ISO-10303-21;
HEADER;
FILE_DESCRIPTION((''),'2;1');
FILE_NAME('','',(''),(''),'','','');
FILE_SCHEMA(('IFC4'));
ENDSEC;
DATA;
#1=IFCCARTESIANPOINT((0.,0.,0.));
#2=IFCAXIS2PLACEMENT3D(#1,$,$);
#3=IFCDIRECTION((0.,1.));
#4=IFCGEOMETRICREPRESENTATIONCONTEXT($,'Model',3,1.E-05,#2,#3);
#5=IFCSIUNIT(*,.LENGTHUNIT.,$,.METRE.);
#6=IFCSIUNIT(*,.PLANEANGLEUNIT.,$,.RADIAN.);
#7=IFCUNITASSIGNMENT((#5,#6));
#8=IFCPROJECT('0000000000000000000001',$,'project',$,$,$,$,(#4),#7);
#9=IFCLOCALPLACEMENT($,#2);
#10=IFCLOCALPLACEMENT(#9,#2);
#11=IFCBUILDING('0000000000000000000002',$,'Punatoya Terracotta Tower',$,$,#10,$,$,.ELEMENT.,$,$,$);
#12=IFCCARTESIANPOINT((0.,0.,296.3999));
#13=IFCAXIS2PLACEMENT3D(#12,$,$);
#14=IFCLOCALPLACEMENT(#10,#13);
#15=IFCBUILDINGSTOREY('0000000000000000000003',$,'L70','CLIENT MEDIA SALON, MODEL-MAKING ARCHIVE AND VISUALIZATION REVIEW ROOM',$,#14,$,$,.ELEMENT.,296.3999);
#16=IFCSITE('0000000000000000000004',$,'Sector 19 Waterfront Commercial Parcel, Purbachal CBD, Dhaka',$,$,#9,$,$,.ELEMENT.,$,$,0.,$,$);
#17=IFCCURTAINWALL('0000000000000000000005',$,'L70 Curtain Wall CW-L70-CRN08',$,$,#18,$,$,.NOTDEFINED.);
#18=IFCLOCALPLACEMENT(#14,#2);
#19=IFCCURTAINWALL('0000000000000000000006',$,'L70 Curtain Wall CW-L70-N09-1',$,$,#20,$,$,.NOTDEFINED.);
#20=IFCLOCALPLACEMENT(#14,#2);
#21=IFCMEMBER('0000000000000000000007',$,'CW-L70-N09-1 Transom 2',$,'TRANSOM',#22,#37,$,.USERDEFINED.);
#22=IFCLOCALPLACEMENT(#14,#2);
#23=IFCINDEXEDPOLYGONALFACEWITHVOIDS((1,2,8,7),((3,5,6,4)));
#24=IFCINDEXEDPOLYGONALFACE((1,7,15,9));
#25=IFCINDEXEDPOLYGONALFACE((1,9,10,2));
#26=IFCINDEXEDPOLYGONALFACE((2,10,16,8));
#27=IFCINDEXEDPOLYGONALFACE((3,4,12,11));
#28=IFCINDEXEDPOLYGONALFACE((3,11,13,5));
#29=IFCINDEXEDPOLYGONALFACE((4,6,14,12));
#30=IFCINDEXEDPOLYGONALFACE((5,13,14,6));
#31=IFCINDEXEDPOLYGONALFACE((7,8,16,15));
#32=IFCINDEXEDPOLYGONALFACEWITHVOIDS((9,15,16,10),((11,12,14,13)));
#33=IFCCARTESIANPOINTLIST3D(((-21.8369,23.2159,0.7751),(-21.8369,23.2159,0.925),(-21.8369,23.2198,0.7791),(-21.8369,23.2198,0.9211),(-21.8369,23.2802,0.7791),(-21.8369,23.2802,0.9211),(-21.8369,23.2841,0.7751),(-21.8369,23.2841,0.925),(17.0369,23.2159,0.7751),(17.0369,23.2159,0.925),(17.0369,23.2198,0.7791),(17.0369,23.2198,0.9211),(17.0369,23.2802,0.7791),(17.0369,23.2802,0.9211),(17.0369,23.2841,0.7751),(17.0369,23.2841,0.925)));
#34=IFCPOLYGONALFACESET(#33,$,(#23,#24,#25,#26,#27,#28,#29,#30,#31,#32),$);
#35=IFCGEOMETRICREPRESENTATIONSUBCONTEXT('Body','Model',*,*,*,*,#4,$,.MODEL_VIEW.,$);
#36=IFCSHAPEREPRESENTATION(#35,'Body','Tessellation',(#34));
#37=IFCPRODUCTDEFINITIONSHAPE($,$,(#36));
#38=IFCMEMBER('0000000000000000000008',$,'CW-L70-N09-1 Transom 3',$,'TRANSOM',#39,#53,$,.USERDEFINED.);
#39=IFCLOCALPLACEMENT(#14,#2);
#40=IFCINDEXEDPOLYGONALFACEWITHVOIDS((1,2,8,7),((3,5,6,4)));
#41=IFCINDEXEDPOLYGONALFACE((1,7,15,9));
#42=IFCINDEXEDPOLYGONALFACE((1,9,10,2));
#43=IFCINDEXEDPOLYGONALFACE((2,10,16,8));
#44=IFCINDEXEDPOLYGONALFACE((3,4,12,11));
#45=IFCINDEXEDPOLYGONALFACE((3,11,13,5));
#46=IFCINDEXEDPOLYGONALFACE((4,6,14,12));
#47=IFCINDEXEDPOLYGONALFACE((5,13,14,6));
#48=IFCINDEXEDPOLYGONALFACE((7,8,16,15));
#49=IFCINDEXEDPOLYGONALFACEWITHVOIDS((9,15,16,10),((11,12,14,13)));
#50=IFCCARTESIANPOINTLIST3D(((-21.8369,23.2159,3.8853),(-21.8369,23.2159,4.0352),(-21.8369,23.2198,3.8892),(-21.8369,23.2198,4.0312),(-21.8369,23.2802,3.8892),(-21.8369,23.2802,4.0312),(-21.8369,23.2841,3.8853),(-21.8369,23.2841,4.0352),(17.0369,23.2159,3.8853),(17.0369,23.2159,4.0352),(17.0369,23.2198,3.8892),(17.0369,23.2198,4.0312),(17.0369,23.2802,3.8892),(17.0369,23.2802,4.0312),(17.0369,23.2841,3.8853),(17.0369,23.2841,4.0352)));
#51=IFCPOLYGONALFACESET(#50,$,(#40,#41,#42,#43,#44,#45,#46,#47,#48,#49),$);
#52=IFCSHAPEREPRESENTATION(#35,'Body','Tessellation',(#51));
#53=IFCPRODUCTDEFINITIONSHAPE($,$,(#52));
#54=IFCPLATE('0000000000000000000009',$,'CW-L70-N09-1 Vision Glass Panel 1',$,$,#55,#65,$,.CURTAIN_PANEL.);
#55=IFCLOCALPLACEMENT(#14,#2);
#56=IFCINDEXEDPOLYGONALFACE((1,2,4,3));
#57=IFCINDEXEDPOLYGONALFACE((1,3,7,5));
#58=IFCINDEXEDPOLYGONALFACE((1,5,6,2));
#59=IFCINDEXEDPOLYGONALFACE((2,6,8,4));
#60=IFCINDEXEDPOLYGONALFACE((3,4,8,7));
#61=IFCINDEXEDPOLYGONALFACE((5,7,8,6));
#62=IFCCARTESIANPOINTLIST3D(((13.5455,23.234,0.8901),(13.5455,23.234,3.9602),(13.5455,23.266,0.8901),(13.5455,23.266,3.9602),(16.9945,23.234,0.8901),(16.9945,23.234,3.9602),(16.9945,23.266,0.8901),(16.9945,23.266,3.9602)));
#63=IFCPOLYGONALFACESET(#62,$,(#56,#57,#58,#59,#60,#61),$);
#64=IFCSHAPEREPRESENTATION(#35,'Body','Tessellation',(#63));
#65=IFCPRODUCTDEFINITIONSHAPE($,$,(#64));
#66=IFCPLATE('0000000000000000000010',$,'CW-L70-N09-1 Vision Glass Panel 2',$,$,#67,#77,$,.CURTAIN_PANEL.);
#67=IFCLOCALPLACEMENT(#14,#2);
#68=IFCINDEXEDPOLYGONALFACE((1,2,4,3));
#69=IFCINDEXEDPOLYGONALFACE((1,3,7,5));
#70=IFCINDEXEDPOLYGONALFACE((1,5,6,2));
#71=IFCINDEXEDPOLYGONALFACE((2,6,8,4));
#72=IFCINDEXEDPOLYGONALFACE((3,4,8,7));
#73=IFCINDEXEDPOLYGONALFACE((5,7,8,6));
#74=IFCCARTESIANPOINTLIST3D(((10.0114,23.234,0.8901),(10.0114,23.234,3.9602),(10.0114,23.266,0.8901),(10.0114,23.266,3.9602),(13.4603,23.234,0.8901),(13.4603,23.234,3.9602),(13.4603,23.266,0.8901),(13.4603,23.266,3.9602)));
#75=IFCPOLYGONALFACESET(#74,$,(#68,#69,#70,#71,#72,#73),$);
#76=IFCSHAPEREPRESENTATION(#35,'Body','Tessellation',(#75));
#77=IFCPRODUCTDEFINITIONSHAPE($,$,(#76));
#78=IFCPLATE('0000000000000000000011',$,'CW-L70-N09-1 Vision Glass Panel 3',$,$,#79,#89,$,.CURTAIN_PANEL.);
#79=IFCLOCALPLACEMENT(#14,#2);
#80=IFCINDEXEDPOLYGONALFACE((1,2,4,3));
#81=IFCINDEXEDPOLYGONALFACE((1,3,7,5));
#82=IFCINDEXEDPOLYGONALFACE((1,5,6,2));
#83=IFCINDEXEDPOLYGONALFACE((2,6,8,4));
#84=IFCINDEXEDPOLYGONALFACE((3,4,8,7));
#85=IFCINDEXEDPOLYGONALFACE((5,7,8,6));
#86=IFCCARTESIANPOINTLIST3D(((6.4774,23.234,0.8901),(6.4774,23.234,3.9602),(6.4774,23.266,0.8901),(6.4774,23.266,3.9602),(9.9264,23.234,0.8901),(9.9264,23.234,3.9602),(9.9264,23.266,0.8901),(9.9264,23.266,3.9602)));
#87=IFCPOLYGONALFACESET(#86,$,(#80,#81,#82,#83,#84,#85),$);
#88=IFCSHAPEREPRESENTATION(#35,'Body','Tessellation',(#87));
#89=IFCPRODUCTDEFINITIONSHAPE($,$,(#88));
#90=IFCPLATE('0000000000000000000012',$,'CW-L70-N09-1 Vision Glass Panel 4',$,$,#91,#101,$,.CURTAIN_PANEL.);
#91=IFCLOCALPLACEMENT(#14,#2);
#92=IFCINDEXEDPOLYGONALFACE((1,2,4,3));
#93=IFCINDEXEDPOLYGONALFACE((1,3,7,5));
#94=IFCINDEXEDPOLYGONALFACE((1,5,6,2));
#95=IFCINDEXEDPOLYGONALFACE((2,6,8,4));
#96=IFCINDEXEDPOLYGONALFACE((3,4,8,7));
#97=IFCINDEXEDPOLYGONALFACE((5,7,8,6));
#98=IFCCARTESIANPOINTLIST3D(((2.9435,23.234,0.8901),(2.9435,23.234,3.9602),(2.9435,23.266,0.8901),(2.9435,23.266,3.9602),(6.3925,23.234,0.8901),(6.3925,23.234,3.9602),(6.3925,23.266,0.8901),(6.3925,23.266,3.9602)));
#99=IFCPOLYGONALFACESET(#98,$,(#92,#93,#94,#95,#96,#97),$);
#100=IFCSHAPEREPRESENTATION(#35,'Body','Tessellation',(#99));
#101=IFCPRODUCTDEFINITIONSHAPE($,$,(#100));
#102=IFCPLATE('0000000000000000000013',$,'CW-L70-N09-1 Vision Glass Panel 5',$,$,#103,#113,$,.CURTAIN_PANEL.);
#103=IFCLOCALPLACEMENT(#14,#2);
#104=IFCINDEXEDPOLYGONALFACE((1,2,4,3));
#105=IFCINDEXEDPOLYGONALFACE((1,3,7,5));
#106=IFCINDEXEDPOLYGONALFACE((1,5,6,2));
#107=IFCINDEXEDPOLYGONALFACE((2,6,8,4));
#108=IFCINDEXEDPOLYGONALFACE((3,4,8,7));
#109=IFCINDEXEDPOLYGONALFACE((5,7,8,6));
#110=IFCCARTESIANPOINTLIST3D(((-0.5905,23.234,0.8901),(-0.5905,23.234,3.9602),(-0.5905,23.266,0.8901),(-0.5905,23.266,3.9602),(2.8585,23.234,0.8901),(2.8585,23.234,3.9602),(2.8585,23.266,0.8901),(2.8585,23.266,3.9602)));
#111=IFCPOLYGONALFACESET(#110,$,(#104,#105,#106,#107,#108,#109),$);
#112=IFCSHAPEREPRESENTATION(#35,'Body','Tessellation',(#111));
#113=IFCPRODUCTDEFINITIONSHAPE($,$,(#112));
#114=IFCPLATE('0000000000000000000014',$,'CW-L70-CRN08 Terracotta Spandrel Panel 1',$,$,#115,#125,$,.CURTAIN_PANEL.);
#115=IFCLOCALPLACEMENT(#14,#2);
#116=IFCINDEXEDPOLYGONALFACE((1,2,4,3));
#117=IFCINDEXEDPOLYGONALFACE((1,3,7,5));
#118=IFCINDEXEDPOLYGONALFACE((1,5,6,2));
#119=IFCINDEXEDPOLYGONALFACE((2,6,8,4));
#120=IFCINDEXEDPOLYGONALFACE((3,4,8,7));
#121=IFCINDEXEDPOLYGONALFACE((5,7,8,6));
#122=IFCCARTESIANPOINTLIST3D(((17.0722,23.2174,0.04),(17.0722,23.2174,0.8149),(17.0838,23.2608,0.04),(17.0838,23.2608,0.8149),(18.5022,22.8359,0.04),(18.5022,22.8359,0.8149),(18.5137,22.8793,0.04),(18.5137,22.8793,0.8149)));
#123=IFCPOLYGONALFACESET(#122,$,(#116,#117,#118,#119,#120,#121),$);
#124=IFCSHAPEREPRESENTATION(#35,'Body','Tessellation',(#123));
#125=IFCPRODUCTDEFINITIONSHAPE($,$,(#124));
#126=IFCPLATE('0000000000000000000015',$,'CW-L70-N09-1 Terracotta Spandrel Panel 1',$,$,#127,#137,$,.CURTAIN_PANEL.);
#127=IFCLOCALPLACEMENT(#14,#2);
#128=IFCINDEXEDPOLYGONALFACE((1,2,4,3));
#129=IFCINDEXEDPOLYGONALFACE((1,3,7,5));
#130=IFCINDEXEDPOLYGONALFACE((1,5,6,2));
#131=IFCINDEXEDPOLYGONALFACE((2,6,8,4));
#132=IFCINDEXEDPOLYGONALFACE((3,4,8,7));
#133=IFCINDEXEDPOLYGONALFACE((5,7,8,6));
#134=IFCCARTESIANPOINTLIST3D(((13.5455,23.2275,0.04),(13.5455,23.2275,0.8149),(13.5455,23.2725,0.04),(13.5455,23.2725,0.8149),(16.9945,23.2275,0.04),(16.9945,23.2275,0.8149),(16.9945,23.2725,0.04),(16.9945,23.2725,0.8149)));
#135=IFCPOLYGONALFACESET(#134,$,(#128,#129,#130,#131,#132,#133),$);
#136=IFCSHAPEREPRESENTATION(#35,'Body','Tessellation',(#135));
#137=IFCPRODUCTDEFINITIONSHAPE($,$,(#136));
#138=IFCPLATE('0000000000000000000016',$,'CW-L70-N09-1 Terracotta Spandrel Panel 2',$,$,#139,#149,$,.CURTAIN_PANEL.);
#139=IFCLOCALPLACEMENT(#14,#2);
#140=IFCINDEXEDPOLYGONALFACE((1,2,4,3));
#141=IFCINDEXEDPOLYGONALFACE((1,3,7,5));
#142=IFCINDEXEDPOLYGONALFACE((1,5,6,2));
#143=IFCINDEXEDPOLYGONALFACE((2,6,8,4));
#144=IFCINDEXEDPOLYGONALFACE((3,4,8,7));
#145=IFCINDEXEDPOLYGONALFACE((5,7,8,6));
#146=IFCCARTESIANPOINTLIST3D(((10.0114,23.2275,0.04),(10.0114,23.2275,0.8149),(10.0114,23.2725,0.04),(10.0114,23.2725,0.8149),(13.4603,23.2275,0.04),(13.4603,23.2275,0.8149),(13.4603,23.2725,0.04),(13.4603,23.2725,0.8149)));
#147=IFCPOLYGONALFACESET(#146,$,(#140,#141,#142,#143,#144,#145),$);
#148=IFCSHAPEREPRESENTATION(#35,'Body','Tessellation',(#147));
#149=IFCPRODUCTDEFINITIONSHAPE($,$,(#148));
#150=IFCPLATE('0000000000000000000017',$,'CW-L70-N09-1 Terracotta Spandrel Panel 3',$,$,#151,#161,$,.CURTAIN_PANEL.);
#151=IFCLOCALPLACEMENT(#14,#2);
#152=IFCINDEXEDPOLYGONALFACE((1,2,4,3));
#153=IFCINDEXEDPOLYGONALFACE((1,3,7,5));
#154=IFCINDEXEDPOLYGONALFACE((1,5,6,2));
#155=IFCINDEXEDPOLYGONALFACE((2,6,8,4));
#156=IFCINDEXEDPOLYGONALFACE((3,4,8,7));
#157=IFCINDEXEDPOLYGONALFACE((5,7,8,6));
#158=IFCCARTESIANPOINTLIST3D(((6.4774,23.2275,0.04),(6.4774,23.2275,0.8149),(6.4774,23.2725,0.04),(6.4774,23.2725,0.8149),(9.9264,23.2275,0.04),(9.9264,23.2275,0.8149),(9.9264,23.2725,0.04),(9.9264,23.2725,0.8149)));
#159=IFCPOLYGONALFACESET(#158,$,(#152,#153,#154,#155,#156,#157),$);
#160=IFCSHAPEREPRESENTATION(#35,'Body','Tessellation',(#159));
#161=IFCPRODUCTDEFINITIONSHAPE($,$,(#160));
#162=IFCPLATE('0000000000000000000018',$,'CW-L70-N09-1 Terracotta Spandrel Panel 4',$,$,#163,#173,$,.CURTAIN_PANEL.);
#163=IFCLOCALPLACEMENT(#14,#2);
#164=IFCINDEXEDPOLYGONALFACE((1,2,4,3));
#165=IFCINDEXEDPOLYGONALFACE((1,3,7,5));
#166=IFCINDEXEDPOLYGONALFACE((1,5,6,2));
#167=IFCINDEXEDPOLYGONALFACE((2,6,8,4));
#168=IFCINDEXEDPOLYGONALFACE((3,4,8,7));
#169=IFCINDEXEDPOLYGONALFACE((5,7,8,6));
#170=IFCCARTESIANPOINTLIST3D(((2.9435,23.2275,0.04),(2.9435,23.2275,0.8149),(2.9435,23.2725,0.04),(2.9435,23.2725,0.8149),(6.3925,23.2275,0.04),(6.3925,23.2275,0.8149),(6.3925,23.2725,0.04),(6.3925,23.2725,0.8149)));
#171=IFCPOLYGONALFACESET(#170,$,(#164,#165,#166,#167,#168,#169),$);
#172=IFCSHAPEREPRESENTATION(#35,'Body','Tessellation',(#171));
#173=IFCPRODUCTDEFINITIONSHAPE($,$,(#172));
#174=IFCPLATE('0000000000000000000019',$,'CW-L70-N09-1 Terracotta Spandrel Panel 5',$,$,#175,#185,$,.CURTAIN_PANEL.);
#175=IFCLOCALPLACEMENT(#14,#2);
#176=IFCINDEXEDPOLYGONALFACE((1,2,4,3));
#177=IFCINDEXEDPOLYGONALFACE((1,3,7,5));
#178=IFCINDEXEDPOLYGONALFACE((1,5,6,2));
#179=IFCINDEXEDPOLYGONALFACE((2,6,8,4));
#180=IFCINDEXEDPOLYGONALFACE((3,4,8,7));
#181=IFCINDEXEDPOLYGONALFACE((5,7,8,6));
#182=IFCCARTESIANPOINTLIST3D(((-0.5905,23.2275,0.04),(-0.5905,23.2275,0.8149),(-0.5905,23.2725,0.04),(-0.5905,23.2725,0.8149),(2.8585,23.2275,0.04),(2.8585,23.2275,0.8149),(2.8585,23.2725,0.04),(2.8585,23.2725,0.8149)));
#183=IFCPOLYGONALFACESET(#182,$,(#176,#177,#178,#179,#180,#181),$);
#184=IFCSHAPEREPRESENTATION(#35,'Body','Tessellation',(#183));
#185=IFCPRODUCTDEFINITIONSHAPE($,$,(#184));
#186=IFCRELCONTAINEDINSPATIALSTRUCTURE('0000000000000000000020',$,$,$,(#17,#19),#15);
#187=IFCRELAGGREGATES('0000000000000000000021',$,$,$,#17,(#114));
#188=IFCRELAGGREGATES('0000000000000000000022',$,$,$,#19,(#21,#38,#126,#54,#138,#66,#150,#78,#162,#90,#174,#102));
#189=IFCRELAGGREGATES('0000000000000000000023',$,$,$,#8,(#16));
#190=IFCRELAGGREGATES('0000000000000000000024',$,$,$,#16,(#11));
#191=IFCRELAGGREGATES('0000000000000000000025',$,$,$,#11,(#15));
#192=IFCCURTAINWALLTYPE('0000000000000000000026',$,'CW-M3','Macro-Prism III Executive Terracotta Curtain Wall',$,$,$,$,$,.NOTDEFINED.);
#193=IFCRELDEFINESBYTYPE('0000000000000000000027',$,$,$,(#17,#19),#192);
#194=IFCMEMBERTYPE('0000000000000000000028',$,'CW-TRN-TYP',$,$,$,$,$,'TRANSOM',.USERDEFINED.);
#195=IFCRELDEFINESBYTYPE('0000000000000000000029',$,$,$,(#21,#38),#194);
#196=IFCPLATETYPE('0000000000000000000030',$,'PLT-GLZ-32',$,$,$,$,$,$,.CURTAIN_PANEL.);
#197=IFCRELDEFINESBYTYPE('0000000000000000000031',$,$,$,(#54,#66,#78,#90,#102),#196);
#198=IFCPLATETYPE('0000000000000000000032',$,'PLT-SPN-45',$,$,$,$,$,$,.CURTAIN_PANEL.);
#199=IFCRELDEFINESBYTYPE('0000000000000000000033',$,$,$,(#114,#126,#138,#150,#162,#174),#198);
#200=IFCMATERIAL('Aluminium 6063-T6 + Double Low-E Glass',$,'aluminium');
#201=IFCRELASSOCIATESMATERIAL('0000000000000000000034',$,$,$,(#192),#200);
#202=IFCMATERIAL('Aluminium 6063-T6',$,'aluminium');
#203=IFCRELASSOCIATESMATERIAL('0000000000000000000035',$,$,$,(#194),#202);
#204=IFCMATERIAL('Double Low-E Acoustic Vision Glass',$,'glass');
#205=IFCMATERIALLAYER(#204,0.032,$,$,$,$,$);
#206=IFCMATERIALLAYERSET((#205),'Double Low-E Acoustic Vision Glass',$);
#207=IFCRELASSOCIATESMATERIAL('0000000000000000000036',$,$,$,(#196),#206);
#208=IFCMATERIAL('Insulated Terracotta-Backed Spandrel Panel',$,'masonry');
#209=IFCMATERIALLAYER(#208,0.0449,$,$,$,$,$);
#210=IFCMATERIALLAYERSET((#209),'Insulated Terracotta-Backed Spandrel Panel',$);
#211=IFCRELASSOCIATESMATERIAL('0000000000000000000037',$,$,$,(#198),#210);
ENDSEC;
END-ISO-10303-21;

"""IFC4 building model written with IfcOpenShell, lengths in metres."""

from ifc_helpers import new_model, si_unit, direction, frame, origin, origin_2d, place, context, subcontext, project, spatial, rectangle, hollow_rectangle, extrude, material, layer, layer_set, material_profile, profile_set, type_object, element, aggregate, save


model = new_model("IFC4")

# Units and contexts
model_context = context("Model", 3, precision=1e-05, world=origin(), true_north=direction((0.0, 1.0)))
body_context = subcontext(model_context, "Body", "Model", "MODEL_VIEW")
ifc_project = project(units=[si_unit("LENGTHUNIT", "METRE"), si_unit("PLANEANGLEUNIT", "RADIAN")], contexts=[model_context])

# Site, building, storey
site_placement = place(None, origin())
site = spatial("IfcSite", under=ifc_project, at=site_placement, Name="Sector 19 Waterfront Commercial Parcel, Purbachal CBD, Dhaka", CompositionType="ELEMENT", RefElevation=0.0)
building_placement = place(site_placement, origin())
building = spatial("IfcBuilding", under=site, at=building_placement, Name="Punatoya Terracotta Tower", CompositionType="ELEMENT")
storey_placement = place(building_placement, frame((0.0, 0.0, 296.3999)))
storey = spatial("IfcBuildingStorey", under=building, at=storey_placement, Name="L70", Description="CLIENT MEDIA SALON, MODEL-MAKING ARCHIVE AND VISUALIZATION REVIEW ROOM", CompositionType="ELEMENT", Elevation=296.3999)

# Curtain wall
ifc_material_1 = material(Name="Aluminium 6063-T6 + Double Low-E Glass", Category="aluminium")
curtain_wall_type = type_object("IfcCurtainWallType", Name="CW-M3", Description="Macro-Prism III Executive Terracotta Curtain Wall", PredefinedType="NOTDEFINED", material=ifc_material_1)
curtain_wall_1_placement = place(storey_placement, origin())
curtain_wall_1 = element("IfcCurtainWall", 1, at=curtain_wall_1_placement, inside=storey, type_object=curtain_wall_type, Name="L70 Curtain Wall CW-L70-CRN08", PredefinedType="NOTDEFINED")
ifc_material_2 = material(Name="Aluminium 6063-T6", Category="aluminium")

# Curtain wall, members, plates
curtain_wall_2_placement = place(storey_placement, origin())
curtain_wall_2 = element("IfcCurtainWall", 2, at=curtain_wall_2_placement, inside=storey, type_object=curtain_wall_type, Name="L70 Curtain Wall CW-L70-N09-1", PredefinedType="NOTDEFINED")
ifc_material_profile_1 = material_profile(ifc_material_2, hollow_rectangle(XDim=0.0681, YDim=0.1499, WallThickness=0.0039, at=origin_2d()))
ifc_profile_set_1 = profile_set([ifc_material_profile_1], Name="Aluminium 6063-T6")
member_type_1 = type_object("IfcMemberType", Name="CW-TRN-TYP", ElementType="TRANSOM", PredefinedType="USERDEFINED", material=ifc_profile_set_1)
member_1_placement = place(storey_placement, frame((17.0369, 23.25, 0.8501), z_axis=(-1.0, 0.0, 0.0), x_axis=(0.0, -1.0, 0.0)))
member_1 = element("IfcMember", 3, at=member_1_placement, type_object=member_type_1, Name="CW-L70-N09-1 Transom 2", ObjectType="TRANSOM", PredefinedType="USERDEFINED", context=body_context, shape_type="SweptSolid", body=[
    extrude(hollow_rectangle(XDim=0.0681, YDim=0.1499, WallThickness=0.0039, at=origin_2d()), origin(), (0.0, 0.0, 1.0), 38.8738),
])
member_2_placement = place(storey_placement, frame((17.0369, 23.25, 3.9602), z_axis=(-1.0, 0.0, 0.0), x_axis=(0.0, -1.0, 0.0)))
member_2 = element("IfcMember", 4, at=member_2_placement, type_object=member_type_1, Name="CW-L70-N09-1 Transom 3", ObjectType="TRANSOM", PredefinedType="USERDEFINED", context=body_context, shape_type="SweptSolid", body=[
    extrude(hollow_rectangle(XDim=0.0681, YDim=0.1499, WallThickness=0.0039, at=origin_2d()), origin(), (0.0, 0.0, 1.0), 38.8738),
])
ifc_material_3 = material(Name="Double Low-E Acoustic Vision Glass", Category="glass")
ifc_layer_1 = layer(ifc_material_3, 0.032)
ifc_layer_set_1 = layer_set([ifc_layer_1], Name="Double Low-E Acoustic Vision Glass")
plate_type_1 = type_object("IfcPlateType", Name="PLT-GLZ-32", PredefinedType="CURTAIN_PANEL", material=ifc_layer_set_1)
plate_1_placement = place(storey_placement, frame((15.27, 23.25, 0.8901), z_axis=(0.0, 0.0, 1.0), x_axis=(-1.0, 0.0, 0.0)))
plate_1 = element("IfcPlate", 5, at=plate_1_placement, type_object=plate_type_1, Name="CW-L70-N09-1 Vision Glass Panel 1", PredefinedType="CURTAIN_PANEL", context=body_context, shape_type="SweptSolid", body=[
    extrude(rectangle(XDim=3.449, YDim=0.032, at=origin_2d()), origin(), (0.0, 0.0, 1.0), 3.0701),
])
plate_2_placement = place(storey_placement, frame((11.7358, 23.25, 0.8901), z_axis=(0.0, 0.0, 1.0), x_axis=(-1.0, 0.0, 0.0)))
plate_2 = element("IfcPlate", 6, at=plate_2_placement, type_object=plate_type_1, Name="CW-L70-N09-1 Vision Glass Panel 2", PredefinedType="CURTAIN_PANEL", context=body_context, shape_type="SweptSolid", body=[
    extrude(rectangle(XDim=3.449, YDim=0.032, at=origin_2d()), origin(), (0.0, 0.0, 1.0), 3.0701),
])
plate_3_placement = place(storey_placement, frame((8.2019, 23.25, 0.8901), z_axis=(0.0, 0.0, 1.0), x_axis=(-1.0, 0.0, 0.0)))
plate_3 = element("IfcPlate", 7, at=plate_3_placement, type_object=plate_type_1, Name="CW-L70-N09-1 Vision Glass Panel 3", PredefinedType="CURTAIN_PANEL", context=body_context, shape_type="SweptSolid", body=[
    extrude(rectangle(XDim=3.449, YDim=0.032, at=origin_2d()), origin(), (0.0, 0.0, 1.0), 3.0701),
])
plate_4_placement = place(storey_placement, frame((4.668, 23.25, 0.8901), z_axis=(0.0, 0.0, 1.0), x_axis=(-1.0, 0.0, 0.0)))
plate_4 = element("IfcPlate", 8, at=plate_4_placement, type_object=plate_type_1, Name="CW-L70-N09-1 Vision Glass Panel 4", PredefinedType="CURTAIN_PANEL", context=body_context, shape_type="SweptSolid", body=[
    extrude(rectangle(XDim=3.449, YDim=0.032, at=origin_2d()), origin(), (0.0, 0.0, 1.0), 3.0701),
])
plate_5_placement = place(storey_placement, frame((1.134, 23.25, 0.8901), z_axis=(0.0, 0.0, 1.0), x_axis=(-1.0, 0.0, 0.0)))
plate_5 = element("IfcPlate", 9, at=plate_5_placement, type_object=plate_type_1, Name="CW-L70-N09-1 Vision Glass Panel 5", PredefinedType="CURTAIN_PANEL", context=body_context, shape_type="SweptSolid", body=[
    extrude(rectangle(XDim=3.449, YDim=0.032, at=origin_2d()), origin(), (0.0, 0.0, 1.0), 3.0701),
])

# Plates
ifc_material_4 = material(Name="Insulated Terracotta-Backed Spandrel Panel", Category="masonry")
ifc_layer_2 = layer(ifc_material_4, 0.0449)
ifc_layer_set_2 = layer_set([ifc_layer_2], Name="Insulated Terracotta-Backed Spandrel Panel")
plate_type_2 = type_object("IfcPlateType", Name="PLT-SPN-45", PredefinedType="CURTAIN_PANEL", material=ifc_layer_set_2)
plate_6_placement = place(storey_placement, frame((17.793, 23.0483, 0.04), z_axis=(0.0, 0.0, 1.0), x_axis=(-0.966214, 0.257742, 0.0)))
plate_6 = element("IfcPlate", 10, at=plate_6_placement, type_object=plate_type_2, Name="CW-L70-CRN08 Terracotta Spandrel Panel 1", PredefinedType="CURTAIN_PANEL", context=body_context, shape_type="SweptSolid", body=[
    extrude(rectangle(XDim=1.48, YDim=0.0449, at=origin_2d()), origin(), (0.0, 0.0, 1.0), 0.7749),
])
aggregate(curtain_wall_1, [plate_6])
plate_7_placement = place(storey_placement, frame((15.27, 23.25, 0.04), z_axis=(0.0, 0.0, 1.0), x_axis=(-1.0, 0.0, 0.0)))
plate_7 = element("IfcPlate", 11, at=plate_7_placement, type_object=plate_type_2, Name="CW-L70-N09-1 Terracotta Spandrel Panel 1", PredefinedType="CURTAIN_PANEL", context=body_context, shape_type="SweptSolid", body=[
    extrude(rectangle(XDim=3.449, YDim=0.0449, at=origin_2d()), origin(), (0.0, 0.0, 1.0), 0.7749),
])
plate_8_placement = place(storey_placement, frame((11.7358, 23.25, 0.04), z_axis=(0.0, 0.0, 1.0), x_axis=(-1.0, 0.0, 0.0)))
plate_8 = element("IfcPlate", 12, at=plate_8_placement, type_object=plate_type_2, Name="CW-L70-N09-1 Terracotta Spandrel Panel 2", PredefinedType="CURTAIN_PANEL", context=body_context, shape_type="SweptSolid", body=[
    extrude(rectangle(XDim=3.449, YDim=0.0449, at=origin_2d()), origin(), (0.0, 0.0, 1.0), 0.7749),
])
plate_9_placement = place(storey_placement, frame((8.2019, 23.25, 0.04), z_axis=(0.0, 0.0, 1.0), x_axis=(-1.0, 0.0, 0.0)))
plate_9 = element("IfcPlate", 13, at=plate_9_placement, type_object=plate_type_2, Name="CW-L70-N09-1 Terracotta Spandrel Panel 3", PredefinedType="CURTAIN_PANEL", context=body_context, shape_type="SweptSolid", body=[
    extrude(rectangle(XDim=3.449, YDim=0.0449, at=origin_2d()), origin(), (0.0, 0.0, 1.0), 0.7749),
])
plate_10_placement = place(storey_placement, frame((4.668, 23.25, 0.04), z_axis=(0.0, 0.0, 1.0), x_axis=(-1.0, 0.0, 0.0)))
plate_10 = element("IfcPlate", 14, at=plate_10_placement, type_object=plate_type_2, Name="CW-L70-N09-1 Terracotta Spandrel Panel 4", PredefinedType="CURTAIN_PANEL", context=body_context, shape_type="SweptSolid", body=[
    extrude(rectangle(XDim=3.449, YDim=0.0449, at=origin_2d()), origin(), (0.0, 0.0, 1.0), 0.7749),
])
plate_11_placement = place(storey_placement, frame((1.134, 23.25, 0.04), z_axis=(0.0, 0.0, 1.0), x_axis=(-1.0, 0.0, 0.0)))
plate_11 = element("IfcPlate", 15, at=plate_11_placement, type_object=plate_type_2, Name="CW-L70-N09-1 Terracotta Spandrel Panel 5", PredefinedType="CURTAIN_PANEL", context=body_context, shape_type="SweptSolid", body=[
    extrude(rectangle(XDim=3.449, YDim=0.0449, at=origin_2d()), origin(), (0.0, 0.0, 1.0), 0.7749),
])
aggregate(curtain_wall_2, [member_1, member_2, plate_7, plate_1, plate_8, plate_2, plate_9, plate_3, plate_10, plate_4, plate_11, plate_5])

save(model, "model.ifc")
